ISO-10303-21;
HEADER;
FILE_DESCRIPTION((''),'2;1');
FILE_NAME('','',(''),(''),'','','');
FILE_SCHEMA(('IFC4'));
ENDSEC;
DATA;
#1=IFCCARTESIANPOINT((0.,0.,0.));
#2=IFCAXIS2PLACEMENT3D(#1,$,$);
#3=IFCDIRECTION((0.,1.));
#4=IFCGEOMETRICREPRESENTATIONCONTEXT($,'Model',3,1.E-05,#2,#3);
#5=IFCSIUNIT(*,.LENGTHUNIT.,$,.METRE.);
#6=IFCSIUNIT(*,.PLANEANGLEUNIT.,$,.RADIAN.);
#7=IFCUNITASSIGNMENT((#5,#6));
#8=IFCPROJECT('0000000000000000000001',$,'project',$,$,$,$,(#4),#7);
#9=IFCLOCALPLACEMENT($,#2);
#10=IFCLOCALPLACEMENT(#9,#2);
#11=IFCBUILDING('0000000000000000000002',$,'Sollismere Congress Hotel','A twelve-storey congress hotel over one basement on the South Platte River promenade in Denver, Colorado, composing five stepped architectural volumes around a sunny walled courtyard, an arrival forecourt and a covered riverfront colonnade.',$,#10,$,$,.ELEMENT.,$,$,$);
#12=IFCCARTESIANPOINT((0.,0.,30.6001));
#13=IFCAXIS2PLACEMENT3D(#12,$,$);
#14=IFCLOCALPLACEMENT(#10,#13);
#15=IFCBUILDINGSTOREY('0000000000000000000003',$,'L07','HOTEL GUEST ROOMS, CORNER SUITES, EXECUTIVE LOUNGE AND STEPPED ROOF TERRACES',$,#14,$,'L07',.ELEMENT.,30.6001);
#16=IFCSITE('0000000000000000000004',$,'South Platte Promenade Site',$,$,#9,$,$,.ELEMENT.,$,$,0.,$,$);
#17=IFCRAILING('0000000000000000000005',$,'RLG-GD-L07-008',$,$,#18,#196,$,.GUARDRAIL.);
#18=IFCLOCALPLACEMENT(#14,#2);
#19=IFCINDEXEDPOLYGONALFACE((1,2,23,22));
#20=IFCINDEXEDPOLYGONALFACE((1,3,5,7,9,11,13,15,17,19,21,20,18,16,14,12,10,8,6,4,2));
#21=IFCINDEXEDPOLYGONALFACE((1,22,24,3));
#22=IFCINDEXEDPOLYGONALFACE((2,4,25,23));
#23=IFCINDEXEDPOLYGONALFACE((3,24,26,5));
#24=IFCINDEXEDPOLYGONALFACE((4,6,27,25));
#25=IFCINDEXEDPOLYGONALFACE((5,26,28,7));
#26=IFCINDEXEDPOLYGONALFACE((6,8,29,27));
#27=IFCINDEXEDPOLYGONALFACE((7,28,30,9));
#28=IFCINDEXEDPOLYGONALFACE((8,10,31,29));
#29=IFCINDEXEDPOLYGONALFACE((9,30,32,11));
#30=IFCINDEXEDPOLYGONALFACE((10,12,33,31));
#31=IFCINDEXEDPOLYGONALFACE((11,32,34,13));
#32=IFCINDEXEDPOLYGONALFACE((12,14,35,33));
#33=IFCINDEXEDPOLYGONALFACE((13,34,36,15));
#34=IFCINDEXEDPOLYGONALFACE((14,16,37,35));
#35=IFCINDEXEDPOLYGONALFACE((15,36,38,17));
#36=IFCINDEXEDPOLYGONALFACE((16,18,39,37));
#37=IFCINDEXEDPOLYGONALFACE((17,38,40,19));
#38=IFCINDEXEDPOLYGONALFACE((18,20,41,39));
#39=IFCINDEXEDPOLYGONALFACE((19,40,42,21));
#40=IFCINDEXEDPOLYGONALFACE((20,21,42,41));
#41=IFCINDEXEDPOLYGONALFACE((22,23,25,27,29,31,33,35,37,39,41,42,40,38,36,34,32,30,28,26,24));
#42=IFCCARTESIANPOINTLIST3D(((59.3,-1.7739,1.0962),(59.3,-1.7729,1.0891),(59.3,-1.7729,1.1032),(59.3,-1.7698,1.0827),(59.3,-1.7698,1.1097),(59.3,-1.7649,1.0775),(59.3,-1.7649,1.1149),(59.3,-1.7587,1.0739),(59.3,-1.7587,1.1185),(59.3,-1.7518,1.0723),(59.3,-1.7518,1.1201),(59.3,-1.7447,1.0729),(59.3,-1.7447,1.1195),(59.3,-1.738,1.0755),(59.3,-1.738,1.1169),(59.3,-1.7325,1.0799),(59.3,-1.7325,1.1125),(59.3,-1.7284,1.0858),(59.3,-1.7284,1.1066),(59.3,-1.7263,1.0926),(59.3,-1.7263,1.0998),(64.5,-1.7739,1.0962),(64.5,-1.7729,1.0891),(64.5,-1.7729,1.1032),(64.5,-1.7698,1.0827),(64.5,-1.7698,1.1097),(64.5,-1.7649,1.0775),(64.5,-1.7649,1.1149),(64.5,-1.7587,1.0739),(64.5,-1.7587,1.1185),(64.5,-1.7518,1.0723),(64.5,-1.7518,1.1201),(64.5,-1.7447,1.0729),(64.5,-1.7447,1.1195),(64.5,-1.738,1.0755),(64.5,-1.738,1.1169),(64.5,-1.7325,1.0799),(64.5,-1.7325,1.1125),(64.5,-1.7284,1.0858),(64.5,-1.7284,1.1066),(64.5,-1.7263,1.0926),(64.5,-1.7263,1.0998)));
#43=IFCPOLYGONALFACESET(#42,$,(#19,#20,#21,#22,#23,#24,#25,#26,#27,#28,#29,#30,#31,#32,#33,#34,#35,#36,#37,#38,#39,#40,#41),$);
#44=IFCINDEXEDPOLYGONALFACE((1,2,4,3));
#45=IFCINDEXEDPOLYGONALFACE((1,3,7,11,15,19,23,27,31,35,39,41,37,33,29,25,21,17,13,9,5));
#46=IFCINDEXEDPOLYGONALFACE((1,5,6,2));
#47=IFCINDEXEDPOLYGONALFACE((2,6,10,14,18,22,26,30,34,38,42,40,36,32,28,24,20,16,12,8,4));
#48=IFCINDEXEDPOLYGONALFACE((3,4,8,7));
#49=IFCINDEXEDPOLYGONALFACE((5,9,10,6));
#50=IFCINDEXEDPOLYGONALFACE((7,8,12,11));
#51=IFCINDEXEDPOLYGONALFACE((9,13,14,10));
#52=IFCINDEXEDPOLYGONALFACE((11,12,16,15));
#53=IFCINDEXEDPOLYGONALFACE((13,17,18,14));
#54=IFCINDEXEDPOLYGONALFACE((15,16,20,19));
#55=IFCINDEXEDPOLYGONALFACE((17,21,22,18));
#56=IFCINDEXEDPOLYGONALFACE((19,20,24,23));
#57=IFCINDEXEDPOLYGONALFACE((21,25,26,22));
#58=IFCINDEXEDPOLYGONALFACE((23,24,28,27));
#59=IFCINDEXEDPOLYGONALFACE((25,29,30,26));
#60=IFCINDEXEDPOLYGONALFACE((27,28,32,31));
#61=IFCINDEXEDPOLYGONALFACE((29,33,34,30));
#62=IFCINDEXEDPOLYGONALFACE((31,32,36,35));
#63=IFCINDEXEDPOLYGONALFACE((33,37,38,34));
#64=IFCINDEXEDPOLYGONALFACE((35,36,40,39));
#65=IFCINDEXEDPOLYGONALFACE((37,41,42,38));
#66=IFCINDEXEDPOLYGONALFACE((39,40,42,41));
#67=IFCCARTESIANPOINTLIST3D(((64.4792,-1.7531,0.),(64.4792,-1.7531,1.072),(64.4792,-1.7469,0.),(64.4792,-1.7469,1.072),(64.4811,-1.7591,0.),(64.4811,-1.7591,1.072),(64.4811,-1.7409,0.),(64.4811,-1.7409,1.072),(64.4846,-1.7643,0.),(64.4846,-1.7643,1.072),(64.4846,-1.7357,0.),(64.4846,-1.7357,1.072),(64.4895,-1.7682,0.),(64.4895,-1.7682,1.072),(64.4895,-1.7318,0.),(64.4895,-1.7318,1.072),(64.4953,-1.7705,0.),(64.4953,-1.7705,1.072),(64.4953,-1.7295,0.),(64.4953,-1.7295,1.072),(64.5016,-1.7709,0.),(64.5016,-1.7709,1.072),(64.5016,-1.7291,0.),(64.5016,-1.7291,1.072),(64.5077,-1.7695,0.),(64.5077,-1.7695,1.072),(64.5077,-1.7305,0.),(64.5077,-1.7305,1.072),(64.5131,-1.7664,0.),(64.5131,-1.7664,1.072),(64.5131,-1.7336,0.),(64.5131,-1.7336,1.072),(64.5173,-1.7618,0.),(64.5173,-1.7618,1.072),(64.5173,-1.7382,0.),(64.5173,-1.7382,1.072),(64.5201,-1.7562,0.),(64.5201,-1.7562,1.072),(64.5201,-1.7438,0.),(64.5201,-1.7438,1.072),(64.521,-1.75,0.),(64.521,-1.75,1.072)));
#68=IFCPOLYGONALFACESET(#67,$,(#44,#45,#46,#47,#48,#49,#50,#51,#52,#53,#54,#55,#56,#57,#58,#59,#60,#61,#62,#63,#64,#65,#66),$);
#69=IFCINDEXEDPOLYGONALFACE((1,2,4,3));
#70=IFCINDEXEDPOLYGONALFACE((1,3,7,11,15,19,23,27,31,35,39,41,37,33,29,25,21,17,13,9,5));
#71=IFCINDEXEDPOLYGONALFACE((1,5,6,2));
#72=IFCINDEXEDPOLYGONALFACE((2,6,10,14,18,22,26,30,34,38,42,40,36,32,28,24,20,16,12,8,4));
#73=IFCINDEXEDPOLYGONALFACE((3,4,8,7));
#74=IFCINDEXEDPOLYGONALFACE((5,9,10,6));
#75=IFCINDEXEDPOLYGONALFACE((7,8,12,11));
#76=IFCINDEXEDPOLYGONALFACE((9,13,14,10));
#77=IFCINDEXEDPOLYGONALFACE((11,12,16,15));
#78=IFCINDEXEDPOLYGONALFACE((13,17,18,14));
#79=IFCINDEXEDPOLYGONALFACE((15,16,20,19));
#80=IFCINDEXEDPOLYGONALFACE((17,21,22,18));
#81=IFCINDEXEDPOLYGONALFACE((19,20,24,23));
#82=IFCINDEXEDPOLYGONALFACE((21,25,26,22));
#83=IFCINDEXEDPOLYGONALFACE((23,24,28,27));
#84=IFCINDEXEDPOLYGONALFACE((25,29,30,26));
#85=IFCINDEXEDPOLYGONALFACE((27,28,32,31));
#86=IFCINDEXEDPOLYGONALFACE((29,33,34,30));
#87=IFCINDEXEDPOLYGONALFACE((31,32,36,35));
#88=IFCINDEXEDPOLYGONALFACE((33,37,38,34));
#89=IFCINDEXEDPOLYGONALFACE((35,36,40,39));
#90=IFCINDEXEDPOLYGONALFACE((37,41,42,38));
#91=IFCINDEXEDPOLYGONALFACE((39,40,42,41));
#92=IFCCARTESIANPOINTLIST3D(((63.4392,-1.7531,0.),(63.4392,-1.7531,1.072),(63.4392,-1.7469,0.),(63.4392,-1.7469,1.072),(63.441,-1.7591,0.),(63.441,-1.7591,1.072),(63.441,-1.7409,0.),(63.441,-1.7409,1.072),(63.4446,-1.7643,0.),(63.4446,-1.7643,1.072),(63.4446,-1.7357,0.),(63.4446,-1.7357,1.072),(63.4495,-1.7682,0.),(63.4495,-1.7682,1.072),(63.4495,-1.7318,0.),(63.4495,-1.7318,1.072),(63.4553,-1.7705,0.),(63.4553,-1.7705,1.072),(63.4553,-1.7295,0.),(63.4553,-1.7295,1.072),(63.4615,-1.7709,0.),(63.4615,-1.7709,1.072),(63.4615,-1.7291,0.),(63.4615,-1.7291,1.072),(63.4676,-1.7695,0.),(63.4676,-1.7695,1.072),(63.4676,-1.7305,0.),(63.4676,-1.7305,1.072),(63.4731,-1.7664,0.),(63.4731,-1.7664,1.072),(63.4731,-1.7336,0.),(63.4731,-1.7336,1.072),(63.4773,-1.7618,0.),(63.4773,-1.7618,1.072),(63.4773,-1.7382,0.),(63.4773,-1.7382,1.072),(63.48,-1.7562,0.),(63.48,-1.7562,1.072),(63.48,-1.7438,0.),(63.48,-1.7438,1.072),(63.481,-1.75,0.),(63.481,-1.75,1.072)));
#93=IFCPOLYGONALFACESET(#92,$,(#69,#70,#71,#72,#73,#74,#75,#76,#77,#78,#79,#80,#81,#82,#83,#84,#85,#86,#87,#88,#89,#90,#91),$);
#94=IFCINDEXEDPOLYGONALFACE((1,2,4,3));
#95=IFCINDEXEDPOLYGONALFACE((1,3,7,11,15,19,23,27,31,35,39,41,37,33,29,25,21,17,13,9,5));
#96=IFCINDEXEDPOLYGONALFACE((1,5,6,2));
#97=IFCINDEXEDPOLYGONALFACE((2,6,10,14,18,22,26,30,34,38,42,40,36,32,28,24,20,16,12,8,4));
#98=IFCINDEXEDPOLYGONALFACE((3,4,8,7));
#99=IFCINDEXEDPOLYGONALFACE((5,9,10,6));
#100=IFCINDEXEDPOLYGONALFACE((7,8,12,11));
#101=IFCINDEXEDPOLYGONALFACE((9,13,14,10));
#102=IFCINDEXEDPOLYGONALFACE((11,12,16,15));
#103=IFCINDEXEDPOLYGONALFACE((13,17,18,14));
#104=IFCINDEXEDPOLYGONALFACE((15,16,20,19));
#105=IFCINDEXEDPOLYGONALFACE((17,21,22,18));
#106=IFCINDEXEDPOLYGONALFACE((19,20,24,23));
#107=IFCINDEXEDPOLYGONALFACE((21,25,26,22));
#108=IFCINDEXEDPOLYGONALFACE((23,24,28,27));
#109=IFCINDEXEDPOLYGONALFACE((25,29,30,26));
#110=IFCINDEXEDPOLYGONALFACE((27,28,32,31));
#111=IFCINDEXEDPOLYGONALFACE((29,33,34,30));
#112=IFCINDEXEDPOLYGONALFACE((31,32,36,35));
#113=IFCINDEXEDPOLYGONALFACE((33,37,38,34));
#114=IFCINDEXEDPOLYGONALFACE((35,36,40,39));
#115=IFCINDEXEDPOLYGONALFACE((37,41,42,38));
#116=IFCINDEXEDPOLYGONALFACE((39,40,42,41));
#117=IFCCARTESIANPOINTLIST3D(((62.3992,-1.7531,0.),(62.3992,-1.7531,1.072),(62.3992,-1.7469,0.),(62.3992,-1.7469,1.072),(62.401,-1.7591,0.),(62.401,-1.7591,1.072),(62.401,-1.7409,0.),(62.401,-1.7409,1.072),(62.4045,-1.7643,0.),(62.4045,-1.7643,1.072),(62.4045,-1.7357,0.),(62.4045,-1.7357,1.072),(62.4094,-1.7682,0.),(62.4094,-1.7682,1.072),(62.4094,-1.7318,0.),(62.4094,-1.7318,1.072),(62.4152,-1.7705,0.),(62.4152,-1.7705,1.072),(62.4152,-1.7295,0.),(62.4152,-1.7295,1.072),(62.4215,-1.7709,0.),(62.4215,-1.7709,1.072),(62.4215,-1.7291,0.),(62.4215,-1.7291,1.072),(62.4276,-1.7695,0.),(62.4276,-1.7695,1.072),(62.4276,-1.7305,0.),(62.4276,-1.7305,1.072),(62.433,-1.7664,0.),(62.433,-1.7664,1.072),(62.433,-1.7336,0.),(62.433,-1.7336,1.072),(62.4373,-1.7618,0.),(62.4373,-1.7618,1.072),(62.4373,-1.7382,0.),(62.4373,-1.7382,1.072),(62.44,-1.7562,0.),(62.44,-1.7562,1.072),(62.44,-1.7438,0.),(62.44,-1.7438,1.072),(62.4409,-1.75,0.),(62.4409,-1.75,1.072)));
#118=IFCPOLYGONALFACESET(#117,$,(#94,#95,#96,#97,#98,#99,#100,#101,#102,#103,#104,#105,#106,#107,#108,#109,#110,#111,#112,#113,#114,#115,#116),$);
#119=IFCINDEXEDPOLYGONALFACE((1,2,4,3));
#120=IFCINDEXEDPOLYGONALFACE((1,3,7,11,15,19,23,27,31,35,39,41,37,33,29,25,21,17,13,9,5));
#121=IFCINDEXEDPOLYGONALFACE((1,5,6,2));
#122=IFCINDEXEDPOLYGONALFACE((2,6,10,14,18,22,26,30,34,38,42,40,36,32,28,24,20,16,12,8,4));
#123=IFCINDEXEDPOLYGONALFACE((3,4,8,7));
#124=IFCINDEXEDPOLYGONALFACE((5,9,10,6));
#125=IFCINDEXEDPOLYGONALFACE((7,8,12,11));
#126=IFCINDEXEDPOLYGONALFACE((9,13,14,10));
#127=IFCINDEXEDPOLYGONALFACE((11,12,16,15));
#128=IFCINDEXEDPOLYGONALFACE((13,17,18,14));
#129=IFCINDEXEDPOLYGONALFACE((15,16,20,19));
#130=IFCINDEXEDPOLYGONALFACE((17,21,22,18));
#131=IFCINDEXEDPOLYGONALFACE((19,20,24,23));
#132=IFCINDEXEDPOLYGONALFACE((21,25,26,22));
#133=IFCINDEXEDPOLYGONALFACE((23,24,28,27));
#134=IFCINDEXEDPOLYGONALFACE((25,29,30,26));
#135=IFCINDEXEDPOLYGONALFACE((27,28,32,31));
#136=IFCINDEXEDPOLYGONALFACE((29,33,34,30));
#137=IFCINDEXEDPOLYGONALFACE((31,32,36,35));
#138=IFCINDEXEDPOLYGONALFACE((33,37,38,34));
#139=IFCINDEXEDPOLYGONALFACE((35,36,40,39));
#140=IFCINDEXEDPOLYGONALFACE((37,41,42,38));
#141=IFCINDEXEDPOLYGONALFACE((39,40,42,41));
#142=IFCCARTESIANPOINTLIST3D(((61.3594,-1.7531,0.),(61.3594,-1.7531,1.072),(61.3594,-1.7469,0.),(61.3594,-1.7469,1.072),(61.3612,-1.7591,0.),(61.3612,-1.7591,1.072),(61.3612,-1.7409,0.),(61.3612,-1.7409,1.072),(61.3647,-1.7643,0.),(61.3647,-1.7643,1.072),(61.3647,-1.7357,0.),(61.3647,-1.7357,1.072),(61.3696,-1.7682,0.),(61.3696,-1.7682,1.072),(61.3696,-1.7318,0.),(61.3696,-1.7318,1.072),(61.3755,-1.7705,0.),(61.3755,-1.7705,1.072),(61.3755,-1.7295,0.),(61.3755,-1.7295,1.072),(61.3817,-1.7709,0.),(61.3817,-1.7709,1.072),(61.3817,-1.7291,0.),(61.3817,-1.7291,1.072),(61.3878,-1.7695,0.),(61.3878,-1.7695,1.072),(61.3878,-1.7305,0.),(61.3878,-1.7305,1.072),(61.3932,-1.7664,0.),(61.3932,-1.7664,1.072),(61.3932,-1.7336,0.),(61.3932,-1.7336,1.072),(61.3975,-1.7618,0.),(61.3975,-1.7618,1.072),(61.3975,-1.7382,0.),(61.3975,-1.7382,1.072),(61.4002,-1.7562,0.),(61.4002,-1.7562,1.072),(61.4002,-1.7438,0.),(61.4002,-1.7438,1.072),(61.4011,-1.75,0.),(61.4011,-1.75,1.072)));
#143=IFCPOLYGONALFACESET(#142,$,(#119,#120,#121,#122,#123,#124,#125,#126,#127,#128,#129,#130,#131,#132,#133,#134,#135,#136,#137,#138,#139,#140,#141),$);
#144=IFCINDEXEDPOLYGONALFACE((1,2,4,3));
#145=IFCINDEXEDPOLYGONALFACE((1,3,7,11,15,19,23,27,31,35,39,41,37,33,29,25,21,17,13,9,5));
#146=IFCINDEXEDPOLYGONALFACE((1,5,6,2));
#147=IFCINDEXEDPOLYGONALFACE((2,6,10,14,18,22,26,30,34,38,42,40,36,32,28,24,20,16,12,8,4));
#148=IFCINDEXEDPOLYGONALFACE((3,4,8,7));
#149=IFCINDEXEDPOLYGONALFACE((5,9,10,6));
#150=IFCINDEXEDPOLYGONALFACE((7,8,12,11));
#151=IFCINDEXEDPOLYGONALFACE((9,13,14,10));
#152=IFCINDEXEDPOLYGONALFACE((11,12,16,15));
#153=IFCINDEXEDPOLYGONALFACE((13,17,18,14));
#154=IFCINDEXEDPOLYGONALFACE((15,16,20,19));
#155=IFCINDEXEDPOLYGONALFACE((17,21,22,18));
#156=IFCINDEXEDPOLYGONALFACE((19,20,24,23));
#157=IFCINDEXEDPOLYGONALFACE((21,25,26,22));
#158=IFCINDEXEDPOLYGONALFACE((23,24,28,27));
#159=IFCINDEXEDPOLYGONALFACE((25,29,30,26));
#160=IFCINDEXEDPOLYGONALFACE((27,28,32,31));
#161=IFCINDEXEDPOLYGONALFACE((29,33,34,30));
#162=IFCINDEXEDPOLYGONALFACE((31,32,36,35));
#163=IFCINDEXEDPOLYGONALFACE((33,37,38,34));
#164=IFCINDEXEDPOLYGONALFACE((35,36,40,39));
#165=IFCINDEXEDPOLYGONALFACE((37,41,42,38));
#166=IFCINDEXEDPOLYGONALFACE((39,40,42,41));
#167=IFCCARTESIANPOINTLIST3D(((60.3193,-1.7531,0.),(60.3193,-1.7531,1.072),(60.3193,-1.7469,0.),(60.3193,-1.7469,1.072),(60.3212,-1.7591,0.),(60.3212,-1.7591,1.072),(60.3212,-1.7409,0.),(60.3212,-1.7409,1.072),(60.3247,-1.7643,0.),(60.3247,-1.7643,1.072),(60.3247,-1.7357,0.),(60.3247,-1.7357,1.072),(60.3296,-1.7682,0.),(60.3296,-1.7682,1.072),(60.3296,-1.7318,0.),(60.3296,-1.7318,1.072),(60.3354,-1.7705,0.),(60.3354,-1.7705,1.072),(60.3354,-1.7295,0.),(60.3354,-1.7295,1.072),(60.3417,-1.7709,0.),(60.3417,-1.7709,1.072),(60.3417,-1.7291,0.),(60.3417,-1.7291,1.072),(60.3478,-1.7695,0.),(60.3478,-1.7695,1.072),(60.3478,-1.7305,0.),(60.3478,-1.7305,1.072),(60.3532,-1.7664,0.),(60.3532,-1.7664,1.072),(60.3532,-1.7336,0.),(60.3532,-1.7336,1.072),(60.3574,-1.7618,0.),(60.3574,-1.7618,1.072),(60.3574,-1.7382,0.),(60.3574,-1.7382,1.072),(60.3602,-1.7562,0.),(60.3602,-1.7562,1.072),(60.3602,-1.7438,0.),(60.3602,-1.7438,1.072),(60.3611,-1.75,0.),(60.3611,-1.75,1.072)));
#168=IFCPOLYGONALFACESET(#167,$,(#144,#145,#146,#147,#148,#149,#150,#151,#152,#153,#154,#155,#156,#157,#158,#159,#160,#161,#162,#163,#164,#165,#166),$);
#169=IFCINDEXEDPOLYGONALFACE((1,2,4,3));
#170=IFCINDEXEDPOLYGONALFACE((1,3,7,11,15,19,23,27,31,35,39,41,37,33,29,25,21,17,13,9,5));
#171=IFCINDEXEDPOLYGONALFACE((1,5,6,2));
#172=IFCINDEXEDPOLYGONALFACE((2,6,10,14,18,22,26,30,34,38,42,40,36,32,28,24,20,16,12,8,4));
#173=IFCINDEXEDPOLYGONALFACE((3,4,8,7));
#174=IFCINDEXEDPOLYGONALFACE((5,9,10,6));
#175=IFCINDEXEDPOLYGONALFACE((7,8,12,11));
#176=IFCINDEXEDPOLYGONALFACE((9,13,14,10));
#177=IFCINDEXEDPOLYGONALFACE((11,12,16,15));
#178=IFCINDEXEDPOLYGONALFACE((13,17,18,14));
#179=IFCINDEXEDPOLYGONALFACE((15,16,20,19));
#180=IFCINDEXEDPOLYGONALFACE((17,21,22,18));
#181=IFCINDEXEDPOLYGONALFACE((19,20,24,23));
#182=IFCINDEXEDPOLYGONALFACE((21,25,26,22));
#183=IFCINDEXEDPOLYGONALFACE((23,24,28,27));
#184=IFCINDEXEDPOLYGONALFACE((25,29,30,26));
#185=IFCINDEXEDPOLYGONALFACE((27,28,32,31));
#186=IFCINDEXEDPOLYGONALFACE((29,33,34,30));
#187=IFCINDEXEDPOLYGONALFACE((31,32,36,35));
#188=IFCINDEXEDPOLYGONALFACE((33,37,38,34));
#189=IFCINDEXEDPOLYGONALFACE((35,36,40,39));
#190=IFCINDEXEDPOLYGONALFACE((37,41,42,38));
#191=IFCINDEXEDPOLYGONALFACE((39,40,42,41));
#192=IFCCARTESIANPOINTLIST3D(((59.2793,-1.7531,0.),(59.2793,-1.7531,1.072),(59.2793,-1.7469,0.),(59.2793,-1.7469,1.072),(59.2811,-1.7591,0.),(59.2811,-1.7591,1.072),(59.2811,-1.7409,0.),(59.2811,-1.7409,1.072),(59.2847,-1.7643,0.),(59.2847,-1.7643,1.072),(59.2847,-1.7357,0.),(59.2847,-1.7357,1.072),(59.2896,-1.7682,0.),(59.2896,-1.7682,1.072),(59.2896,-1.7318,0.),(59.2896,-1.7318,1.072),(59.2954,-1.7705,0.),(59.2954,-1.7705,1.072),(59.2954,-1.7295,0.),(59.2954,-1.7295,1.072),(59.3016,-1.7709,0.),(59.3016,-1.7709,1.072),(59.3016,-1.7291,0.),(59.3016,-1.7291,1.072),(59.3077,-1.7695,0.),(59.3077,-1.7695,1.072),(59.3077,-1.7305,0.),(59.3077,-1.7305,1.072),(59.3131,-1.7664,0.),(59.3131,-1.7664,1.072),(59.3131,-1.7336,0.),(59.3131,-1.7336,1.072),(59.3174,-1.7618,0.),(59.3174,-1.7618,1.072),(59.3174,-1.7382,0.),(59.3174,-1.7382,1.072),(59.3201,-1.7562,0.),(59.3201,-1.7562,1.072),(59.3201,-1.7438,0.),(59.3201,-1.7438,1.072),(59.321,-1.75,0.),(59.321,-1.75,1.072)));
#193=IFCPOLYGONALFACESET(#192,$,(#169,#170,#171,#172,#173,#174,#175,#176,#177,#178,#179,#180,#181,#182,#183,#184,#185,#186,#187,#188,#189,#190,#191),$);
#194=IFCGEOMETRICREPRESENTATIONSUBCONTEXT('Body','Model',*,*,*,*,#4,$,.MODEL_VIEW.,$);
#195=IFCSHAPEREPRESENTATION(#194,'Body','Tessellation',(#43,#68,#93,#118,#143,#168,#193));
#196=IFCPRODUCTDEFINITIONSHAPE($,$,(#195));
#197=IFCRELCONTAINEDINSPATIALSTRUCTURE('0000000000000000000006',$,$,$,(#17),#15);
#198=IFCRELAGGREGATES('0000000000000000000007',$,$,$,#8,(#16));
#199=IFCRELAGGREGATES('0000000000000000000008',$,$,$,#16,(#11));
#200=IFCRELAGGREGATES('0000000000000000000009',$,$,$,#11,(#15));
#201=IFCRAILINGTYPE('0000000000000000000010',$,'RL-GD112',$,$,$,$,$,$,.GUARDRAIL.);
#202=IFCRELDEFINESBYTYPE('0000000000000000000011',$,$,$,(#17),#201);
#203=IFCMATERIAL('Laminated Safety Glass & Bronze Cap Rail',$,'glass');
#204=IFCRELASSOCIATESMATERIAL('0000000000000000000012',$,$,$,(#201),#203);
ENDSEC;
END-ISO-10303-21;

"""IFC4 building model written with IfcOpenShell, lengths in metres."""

from ifc_helpers import new_model, si_unit, direction, frame, origin, origin_2d, place, context, subcontext, project, spatial, circle, extrude, material, type_object, element, save


model = new_model("IFC4")

# Units and contexts
model_context = context("Model", 3, precision=1e-05, world=origin(), true_north=direction((0.0, 1.0)))
body_context = subcontext(model_context, "Body", "Model", "MODEL_VIEW")
ifc_project = project(units=[si_unit("LENGTHUNIT", "METRE"), si_unit("PLANEANGLEUNIT", "RADIAN")], contexts=[model_context])

# Site, building, storey
site_placement = place(None, origin())
site = spatial("IfcSite", under=ifc_project, at=site_placement, Name="South Platte Promenade Site", CompositionType="ELEMENT", RefElevation=0.0)
building_placement = place(site_placement, origin())
building = spatial("IfcBuilding", under=site, at=building_placement, Name="Sollismere Congress Hotel", Description="A twelve-storey congress hotel over one basement on the South Platte River promenade in Denver, Colorado, composing five stepped architectural volumes around a sunny walled courtyard, an arrival forecourt and a covered riverfront colonnade.", CompositionType="ELEMENT")
storey_placement = place(building_placement, frame((0.0, 0.0, 30.6001)))
storey = spatial("IfcBuildingStorey", under=building, at=storey_placement, Name="L07", Description="HOTEL GUEST ROOMS, CORNER SUITES, EXECUTIVE LOUNGE AND STEPPED ROOF TERRACES", LongName="L07", CompositionType="ELEMENT", Elevation=30.6001)

# Railing
ifc_material_1 = material(Name="Laminated Safety Glass & Bronze Cap Rail", Category="glass")
railing_type = type_object("IfcRailingType", Name="RL-GD112", PredefinedType="GUARDRAIL", material=ifc_material_1)
railing_1_placement = place(storey_placement, frame((64.5, -1.75, 0.0)))
element("IfcRailing", 1, at=railing_1_placement, inside=storey, type_object=railing_type, Name="RLG-GD-L07-008", PredefinedType="GUARDRAIL", context=body_context, shape_type="SweptSolid", body=[
    extrude(circle(Radius=0.0239, at=origin_2d()), frame((0.0, 0.0, 1.0962), z_axis=(-1.0, 0.0, 0.0), x_axis=(0.0, -1.0, 0.0)), (0.0, 0.0, 1.0), 5.2),
    extrude(circle(Radius=0.021, at=origin_2d()), origin(), (0.0, 0.0, 1.0), 1.072),
    extrude(circle(Radius=0.021, at=origin_2d()), frame((-1.04, 0.0, 0.0)), (0.0, 0.0, 1.0), 1.072),
    extrude(circle(Radius=0.021, at=origin_2d()), frame((-2.0801, 0.0, 0.0)), (0.0, 0.0, 1.0), 1.072),
    extrude(circle(Radius=0.021, at=origin_2d()), frame((-3.1199, 0.0, 0.0)), (0.0, 0.0, 1.0), 1.072),
    extrude(circle(Radius=0.021, at=origin_2d()), frame((-4.1599, 0.0, 0.0)), (0.0, 0.0, 1.0), 1.072),
    extrude(circle(Radius=0.021, at=origin_2d()), frame((-5.2, 0.0, 0.0)), (0.0, 0.0, 1.0), 1.072),
])

save(model, "model.ifc")
